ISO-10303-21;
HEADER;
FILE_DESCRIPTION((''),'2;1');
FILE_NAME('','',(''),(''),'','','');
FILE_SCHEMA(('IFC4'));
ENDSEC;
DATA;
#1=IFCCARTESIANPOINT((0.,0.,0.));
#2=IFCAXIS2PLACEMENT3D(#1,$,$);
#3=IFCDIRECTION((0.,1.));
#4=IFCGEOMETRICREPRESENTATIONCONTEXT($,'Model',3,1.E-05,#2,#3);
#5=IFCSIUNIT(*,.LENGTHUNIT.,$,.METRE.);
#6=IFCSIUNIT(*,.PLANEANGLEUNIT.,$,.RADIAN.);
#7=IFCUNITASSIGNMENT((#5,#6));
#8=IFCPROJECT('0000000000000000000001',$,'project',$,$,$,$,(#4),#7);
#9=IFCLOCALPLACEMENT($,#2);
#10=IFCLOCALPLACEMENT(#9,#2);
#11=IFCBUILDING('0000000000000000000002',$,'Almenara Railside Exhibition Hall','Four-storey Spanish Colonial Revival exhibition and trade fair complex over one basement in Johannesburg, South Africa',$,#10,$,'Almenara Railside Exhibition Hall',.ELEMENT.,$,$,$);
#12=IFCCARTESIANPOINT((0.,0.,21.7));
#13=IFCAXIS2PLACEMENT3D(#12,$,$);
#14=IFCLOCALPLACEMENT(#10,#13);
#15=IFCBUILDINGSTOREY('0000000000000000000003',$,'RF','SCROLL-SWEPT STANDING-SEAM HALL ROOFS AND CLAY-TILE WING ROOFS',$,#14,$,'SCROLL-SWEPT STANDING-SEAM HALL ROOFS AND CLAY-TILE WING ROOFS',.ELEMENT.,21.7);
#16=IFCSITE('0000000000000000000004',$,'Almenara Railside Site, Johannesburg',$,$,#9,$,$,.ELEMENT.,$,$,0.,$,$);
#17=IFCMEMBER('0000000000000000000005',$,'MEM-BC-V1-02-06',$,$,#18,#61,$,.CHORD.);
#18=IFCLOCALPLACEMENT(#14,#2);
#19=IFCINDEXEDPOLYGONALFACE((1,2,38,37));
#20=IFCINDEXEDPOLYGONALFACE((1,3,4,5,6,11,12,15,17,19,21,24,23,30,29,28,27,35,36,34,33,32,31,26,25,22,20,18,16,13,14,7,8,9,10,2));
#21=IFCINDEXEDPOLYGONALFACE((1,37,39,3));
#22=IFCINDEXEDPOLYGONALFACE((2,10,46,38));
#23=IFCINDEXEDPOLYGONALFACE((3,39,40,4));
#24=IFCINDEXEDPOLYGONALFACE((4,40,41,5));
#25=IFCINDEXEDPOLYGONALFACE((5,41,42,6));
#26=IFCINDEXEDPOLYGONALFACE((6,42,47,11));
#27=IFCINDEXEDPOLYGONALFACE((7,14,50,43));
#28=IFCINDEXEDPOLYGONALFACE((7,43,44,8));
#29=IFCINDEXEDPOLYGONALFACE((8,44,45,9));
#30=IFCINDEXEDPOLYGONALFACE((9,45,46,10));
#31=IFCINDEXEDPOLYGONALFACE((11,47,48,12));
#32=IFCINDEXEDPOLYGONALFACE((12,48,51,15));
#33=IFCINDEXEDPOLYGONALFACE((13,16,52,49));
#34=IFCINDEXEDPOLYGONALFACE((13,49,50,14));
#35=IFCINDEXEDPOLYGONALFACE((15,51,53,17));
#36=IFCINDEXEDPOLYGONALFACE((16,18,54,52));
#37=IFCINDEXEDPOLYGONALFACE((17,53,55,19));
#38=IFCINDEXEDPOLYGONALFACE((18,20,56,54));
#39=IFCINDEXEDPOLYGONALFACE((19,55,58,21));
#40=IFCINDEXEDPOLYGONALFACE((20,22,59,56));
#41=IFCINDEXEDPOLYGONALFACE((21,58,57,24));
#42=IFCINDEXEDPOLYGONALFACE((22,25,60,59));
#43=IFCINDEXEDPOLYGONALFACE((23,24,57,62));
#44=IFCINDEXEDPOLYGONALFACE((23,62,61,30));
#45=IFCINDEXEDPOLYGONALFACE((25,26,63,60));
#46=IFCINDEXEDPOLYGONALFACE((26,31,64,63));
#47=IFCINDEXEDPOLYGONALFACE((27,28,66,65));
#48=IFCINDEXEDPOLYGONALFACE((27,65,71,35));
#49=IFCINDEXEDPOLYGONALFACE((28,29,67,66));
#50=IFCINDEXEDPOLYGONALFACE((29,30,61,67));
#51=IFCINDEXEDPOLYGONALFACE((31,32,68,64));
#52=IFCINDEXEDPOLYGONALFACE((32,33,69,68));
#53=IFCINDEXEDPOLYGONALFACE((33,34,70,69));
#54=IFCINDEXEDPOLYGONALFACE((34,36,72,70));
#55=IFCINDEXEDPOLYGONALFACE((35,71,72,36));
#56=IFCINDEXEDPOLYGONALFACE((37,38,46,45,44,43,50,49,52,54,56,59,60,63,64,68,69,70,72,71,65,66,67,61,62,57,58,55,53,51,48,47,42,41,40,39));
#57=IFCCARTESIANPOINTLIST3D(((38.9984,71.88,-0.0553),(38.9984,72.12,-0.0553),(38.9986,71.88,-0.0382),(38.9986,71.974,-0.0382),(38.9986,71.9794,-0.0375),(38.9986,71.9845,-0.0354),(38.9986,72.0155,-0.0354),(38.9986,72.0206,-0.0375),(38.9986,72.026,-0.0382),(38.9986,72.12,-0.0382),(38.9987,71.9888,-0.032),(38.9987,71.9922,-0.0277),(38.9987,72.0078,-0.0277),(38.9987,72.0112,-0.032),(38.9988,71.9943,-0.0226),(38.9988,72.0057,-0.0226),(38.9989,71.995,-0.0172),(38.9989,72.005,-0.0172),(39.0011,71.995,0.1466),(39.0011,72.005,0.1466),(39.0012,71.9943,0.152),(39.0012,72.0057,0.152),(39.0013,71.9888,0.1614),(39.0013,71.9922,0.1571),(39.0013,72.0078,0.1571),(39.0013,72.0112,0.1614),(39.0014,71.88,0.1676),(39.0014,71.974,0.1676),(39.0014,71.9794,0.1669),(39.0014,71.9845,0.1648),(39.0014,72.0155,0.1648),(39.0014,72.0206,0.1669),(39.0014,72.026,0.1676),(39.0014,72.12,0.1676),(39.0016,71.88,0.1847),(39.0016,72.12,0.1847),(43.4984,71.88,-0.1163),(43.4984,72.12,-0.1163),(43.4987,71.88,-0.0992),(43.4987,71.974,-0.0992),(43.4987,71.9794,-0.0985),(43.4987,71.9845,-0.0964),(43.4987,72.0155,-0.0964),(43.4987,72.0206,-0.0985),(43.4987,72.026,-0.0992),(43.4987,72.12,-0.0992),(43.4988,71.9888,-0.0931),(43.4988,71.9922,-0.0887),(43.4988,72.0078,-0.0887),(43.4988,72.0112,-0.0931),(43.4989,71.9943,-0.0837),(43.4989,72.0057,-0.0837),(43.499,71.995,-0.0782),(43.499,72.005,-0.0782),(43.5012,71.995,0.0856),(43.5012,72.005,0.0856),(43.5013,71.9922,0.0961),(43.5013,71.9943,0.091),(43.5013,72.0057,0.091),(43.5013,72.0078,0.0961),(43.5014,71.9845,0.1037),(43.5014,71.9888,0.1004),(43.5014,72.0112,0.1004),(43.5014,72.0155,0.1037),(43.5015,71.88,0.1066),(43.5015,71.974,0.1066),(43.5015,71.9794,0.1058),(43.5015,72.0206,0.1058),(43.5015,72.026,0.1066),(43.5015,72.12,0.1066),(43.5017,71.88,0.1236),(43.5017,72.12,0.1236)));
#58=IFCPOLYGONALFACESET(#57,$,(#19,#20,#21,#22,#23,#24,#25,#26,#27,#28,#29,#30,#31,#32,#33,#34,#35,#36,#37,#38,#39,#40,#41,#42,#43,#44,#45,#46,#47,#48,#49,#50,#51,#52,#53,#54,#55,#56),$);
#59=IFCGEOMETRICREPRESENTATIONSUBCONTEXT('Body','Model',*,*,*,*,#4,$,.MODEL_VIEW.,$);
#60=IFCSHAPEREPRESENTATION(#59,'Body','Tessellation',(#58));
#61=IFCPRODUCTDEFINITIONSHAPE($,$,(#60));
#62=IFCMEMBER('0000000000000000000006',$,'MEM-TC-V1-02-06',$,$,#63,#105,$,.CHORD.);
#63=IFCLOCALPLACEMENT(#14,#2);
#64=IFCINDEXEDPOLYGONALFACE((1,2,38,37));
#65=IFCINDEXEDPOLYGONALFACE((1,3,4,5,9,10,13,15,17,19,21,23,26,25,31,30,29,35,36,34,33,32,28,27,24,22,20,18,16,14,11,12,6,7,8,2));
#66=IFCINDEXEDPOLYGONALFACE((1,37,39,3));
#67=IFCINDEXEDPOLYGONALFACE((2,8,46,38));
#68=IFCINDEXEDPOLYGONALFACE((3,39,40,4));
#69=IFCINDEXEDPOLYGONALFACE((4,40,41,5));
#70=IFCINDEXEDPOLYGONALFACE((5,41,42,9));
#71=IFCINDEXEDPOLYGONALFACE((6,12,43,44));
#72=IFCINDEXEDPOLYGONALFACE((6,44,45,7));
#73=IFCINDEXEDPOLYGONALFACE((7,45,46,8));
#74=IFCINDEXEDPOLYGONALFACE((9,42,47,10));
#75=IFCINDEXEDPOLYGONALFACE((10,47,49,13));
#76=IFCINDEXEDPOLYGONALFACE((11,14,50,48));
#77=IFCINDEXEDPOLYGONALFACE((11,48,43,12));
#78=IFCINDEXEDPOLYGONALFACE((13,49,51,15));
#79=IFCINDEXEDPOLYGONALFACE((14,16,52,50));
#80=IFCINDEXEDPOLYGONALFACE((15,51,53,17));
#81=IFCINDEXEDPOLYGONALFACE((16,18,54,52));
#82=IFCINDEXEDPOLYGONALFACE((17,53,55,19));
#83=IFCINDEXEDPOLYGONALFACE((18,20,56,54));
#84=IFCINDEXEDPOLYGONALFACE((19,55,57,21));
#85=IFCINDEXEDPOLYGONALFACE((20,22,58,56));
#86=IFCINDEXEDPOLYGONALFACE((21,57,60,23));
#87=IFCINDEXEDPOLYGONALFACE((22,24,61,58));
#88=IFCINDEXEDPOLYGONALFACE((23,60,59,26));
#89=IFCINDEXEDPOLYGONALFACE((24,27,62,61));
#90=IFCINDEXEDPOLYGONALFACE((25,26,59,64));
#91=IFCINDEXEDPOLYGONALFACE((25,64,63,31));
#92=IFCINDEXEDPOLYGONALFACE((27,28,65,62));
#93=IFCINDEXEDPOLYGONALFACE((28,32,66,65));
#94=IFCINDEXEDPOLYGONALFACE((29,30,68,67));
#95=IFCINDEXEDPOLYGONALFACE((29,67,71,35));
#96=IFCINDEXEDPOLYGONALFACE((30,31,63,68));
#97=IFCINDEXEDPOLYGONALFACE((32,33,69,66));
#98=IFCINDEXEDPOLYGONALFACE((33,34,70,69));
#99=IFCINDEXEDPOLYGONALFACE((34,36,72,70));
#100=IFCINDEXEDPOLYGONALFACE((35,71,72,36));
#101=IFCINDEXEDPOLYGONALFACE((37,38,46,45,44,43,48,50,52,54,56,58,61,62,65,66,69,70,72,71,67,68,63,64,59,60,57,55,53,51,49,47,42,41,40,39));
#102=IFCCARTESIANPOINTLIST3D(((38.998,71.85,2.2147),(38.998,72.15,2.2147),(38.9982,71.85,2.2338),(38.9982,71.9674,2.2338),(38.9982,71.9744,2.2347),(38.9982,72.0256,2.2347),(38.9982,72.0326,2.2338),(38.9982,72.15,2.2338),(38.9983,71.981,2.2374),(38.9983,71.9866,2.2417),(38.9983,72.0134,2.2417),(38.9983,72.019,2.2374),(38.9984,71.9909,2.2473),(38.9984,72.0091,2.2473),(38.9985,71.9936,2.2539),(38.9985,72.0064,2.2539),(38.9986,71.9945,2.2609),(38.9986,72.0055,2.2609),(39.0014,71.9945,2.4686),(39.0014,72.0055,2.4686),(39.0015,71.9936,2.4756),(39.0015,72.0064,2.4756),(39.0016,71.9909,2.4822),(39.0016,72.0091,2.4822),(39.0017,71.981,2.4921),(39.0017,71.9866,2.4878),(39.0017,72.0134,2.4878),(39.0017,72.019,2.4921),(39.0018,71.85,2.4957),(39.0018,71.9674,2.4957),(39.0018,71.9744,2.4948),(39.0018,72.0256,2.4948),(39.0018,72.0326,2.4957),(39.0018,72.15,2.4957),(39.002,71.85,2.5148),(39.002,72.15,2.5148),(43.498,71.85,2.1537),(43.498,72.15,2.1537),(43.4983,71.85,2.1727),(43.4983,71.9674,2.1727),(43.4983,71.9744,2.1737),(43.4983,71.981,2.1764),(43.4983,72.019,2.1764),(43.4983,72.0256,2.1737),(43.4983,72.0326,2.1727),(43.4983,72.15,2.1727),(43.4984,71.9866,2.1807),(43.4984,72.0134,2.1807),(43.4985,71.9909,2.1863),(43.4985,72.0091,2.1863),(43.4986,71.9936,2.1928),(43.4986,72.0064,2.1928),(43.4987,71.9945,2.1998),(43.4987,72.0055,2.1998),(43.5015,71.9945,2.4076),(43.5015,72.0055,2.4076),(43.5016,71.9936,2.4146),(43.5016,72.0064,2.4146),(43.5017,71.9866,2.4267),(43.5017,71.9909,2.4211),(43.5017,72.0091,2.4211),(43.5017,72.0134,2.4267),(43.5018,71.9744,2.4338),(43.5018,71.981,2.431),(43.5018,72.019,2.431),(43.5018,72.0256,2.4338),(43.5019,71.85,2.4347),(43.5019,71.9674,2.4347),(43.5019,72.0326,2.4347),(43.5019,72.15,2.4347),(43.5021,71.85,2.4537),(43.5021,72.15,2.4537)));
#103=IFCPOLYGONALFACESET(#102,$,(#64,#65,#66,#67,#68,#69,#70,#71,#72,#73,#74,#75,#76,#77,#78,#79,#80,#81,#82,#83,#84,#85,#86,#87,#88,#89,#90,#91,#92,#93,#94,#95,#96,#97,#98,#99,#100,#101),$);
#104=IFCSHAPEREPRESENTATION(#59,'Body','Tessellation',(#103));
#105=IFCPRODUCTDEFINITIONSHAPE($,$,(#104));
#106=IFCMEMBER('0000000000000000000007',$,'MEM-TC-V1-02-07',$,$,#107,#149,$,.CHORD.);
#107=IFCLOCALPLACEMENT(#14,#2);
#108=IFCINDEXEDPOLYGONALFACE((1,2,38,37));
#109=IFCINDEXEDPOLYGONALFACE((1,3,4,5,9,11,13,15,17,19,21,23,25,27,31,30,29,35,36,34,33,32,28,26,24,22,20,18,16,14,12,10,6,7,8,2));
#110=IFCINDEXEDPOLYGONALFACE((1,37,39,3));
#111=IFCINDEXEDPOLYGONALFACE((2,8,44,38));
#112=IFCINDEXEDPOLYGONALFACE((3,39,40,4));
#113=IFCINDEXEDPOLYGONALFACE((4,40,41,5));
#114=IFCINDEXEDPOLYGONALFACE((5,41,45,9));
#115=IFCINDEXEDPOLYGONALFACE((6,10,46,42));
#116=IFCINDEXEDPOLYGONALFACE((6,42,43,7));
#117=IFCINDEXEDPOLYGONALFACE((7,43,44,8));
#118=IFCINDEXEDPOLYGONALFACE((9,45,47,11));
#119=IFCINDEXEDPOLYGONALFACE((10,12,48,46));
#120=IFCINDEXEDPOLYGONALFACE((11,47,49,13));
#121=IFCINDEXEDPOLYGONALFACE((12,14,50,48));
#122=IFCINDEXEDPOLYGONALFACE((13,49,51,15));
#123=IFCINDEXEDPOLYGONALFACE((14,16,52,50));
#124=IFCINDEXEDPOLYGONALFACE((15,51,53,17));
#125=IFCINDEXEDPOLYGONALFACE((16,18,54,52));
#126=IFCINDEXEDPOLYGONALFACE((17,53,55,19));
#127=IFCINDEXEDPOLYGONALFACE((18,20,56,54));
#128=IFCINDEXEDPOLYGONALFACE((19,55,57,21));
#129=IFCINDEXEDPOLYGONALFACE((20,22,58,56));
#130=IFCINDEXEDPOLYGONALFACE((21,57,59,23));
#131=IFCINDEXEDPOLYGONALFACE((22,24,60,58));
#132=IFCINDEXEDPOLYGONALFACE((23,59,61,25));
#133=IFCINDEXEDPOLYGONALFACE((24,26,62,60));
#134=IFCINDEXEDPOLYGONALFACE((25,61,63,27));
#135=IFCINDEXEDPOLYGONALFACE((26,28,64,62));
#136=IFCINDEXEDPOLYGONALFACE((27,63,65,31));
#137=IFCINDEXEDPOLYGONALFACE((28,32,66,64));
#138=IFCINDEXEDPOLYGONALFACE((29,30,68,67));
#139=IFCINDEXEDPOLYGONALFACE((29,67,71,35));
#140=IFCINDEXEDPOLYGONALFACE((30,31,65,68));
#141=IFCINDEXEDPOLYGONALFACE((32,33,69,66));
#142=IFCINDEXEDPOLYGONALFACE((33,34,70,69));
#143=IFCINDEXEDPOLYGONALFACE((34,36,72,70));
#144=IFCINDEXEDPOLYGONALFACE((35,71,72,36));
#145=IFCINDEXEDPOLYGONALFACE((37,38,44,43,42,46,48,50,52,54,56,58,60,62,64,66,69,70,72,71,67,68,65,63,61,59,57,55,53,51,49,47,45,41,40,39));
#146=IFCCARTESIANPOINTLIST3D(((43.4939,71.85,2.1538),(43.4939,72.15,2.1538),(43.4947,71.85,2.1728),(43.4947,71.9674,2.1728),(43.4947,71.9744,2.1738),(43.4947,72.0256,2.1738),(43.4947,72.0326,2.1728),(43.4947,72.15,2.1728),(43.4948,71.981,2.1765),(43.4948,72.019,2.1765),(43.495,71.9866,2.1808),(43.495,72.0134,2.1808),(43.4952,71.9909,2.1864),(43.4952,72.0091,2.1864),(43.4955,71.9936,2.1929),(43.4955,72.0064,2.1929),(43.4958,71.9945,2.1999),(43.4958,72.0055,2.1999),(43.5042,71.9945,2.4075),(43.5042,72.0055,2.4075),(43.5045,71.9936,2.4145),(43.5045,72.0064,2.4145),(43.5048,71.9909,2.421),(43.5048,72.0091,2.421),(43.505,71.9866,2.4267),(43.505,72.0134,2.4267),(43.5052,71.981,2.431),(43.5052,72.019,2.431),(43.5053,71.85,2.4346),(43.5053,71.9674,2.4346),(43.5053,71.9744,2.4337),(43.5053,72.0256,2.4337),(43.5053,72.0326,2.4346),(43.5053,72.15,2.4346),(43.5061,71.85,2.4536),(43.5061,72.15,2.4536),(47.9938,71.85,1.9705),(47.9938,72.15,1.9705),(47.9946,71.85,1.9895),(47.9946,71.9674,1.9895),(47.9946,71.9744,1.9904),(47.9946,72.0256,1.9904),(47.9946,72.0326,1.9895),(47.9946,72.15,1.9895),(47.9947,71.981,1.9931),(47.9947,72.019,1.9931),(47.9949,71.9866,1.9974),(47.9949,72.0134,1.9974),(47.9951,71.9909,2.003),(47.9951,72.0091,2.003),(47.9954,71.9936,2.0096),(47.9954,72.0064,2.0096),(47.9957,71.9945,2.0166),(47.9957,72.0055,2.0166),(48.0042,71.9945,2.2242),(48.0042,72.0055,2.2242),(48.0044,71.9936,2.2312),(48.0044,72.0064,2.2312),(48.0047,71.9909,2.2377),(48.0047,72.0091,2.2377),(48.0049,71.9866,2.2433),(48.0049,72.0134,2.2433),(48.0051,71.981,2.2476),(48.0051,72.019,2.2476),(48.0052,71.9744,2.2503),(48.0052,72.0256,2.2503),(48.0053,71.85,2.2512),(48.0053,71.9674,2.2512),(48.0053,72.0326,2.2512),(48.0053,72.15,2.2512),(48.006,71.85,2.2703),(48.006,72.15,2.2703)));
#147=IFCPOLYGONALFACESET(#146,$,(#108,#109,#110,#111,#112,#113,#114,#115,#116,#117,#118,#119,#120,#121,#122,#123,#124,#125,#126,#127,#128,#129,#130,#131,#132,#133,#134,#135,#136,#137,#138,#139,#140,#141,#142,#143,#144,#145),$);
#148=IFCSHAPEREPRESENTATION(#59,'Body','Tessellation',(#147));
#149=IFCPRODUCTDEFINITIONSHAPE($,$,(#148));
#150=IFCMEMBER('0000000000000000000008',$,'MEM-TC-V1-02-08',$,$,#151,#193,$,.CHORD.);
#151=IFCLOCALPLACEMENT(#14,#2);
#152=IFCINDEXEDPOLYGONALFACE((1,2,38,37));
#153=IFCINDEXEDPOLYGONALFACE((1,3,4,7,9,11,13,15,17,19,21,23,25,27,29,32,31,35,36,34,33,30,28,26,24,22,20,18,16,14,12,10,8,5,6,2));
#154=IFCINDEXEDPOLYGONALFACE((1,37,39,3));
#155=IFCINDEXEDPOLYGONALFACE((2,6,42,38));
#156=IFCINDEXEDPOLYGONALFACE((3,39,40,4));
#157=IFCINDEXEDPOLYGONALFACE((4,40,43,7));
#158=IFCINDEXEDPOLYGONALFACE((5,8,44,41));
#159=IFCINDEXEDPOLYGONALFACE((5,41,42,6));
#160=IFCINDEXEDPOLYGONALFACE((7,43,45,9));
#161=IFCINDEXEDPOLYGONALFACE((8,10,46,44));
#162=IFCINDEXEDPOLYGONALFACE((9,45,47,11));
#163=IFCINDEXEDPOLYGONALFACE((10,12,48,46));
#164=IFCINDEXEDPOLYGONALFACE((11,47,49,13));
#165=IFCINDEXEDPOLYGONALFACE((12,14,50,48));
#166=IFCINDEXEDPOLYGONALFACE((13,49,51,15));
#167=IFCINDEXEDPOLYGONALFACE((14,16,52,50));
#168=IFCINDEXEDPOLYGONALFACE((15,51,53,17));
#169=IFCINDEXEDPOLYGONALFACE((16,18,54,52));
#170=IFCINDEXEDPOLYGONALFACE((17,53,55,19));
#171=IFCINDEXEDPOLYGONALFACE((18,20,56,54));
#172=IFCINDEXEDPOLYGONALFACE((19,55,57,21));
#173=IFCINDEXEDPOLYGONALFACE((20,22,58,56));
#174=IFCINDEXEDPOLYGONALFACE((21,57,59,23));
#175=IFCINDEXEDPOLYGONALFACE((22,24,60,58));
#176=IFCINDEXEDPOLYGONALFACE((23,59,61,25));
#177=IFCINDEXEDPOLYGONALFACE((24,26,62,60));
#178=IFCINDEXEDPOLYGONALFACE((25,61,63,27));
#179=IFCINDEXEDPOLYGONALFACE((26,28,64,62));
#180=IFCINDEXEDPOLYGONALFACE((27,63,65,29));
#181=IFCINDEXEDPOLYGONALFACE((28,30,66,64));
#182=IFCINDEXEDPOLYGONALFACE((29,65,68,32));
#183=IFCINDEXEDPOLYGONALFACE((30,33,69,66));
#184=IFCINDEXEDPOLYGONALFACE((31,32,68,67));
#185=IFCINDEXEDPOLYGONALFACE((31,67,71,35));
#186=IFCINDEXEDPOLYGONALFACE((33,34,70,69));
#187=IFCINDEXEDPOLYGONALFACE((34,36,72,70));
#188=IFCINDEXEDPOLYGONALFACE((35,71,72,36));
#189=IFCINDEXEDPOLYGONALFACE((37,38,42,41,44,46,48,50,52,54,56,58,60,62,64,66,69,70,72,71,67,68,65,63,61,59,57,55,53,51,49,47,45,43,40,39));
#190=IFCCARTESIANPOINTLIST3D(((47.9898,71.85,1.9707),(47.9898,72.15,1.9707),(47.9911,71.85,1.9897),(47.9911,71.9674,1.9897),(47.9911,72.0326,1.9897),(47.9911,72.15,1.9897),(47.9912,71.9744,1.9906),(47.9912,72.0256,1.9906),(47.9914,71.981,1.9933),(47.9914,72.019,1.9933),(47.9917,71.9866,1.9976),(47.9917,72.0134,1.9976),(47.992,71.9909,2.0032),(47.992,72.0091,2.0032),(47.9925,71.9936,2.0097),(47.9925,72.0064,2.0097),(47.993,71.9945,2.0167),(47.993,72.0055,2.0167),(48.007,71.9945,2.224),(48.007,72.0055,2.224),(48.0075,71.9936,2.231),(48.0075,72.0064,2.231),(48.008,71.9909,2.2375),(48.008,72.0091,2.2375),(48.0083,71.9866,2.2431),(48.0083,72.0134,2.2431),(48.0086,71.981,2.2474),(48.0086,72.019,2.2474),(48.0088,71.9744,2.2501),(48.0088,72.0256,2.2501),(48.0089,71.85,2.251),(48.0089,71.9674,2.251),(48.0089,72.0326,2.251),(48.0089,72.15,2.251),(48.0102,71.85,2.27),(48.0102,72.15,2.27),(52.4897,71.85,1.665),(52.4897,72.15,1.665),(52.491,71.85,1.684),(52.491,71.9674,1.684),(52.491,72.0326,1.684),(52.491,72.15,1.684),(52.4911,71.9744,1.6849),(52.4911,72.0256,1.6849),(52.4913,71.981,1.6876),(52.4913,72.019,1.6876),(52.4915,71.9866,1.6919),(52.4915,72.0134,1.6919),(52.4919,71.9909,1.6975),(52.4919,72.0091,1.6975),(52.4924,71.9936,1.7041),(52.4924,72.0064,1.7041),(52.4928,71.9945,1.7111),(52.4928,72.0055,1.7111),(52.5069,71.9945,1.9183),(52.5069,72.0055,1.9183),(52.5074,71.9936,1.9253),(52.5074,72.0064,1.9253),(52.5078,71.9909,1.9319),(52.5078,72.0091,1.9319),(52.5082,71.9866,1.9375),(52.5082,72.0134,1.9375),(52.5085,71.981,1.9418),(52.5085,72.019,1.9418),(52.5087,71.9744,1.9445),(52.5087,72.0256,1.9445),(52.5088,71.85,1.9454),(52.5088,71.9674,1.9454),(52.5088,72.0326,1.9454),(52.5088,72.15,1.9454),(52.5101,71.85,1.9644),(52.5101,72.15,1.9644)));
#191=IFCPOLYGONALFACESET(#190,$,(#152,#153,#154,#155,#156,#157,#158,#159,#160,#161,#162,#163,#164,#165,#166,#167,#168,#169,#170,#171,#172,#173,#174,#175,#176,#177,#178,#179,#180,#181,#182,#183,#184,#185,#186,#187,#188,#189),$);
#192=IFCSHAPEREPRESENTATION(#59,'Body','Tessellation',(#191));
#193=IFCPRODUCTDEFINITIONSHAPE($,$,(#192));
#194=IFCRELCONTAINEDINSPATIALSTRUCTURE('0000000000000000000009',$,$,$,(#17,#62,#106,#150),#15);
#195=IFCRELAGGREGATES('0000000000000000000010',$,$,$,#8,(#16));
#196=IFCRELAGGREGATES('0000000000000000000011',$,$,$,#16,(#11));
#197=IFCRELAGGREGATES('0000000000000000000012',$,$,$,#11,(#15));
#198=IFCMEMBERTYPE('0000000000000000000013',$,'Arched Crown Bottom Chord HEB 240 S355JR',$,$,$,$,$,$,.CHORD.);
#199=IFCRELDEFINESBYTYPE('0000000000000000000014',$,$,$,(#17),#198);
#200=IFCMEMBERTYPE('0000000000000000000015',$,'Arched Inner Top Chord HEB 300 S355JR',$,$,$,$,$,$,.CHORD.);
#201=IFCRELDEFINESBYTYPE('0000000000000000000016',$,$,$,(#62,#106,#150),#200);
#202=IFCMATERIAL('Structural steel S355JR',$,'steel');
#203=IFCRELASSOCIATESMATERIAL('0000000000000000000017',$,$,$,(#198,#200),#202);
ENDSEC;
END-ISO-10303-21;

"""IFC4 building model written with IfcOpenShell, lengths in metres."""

from ifc_helpers import new_model, si_unit, direction, frame, origin, origin_2d, place, context, subcontext, project, spatial, i_section, extrude, material, material_profile, profile_set, type_object, element, save


model = new_model("IFC4")

# Units and contexts
model_context = context("Model", 3, precision=1e-05, world=origin(), true_north=direction((0.0, 1.0)))
body_context = subcontext(model_context, "Body", "Model", "MODEL_VIEW")
ifc_project = project(units=[si_unit("LENGTHUNIT", "METRE"), si_unit("PLANEANGLEUNIT", "RADIAN")], contexts=[model_context])

# Site, building, storey
site_placement = place(None, origin())
site = spatial("IfcSite", under=ifc_project, at=site_placement, Name="Almenara Railside Site, Johannesburg", CompositionType="ELEMENT", RefElevation=0.0)
building_placement = place(site_placement, origin())
building = spatial("IfcBuilding", under=site, at=building_placement, Name="Almenara Railside Exhibition Hall", Description="Four-storey Spanish Colonial Revival exhibition and trade fair complex over one basement in Johannesburg, South Africa", LongName="Almenara Railside Exhibition Hall", CompositionType="ELEMENT")
storey_placement = place(building_placement, frame((0.0, 0.0, 21.7)))
storey = spatial("IfcBuildingStorey", under=building, at=storey_placement, Name="RF", Description="SCROLL-SWEPT STANDING-SEAM HALL ROOFS AND CLAY-TILE WING ROOFS", LongName="SCROLL-SWEPT STANDING-SEAM HALL ROOFS AND CLAY-TILE WING ROOFS", CompositionType="ELEMENT", Elevation=21.7)

# Members
ifc_material_1 = material(Name="Structural steel S355JR", Category="steel")
ifc_material_profile_1 = material_profile(ifc_material_1, i_section(OverallWidth=0.24, OverallDepth=0.24, WebThickness=0.01, FlangeThickness=0.0171, FilletRadius=0.021, at=origin_2d()), Name="HEB 240")
ifc_profile_set_1 = profile_set([ifc_material_profile_1], Name="Structural steel S355JR")
member_type_1 = type_object("IfcMemberType", Name="Arched Crown Bottom Chord HEB 240 S355JR", PredefinedType="CHORD", material=ifc_profile_set_1)
member_1_placement = place(storey_placement, frame((39.0, 72.0, 0.0647), z_axis=(0.999908, 0.0, -0.013562), x_axis=(0.0, 1.0, 0.0)))
element("IfcMember", 1, at=member_1_placement, inside=storey, type_object=member_type_1, Name="MEM-BC-V1-02-06", PredefinedType="CHORD", context=body_context, shape_type="SweptSolid", body=[
    extrude(i_section(OverallWidth=0.24, OverallDepth=0.24, WebThickness=0.01, FlangeThickness=0.0171, FilletRadius=0.021, at=origin_2d()), origin(), (0.0, 0.0, 1.0), 4.5005),
])
ifc_material_profile_2 = material_profile(ifc_material_1, i_section(OverallWidth=0.3, OverallDepth=0.3, WebThickness=0.011, FlangeThickness=0.019, FilletRadius=0.0271, at=origin_2d()), Name="HEB 300")
ifc_profile_set_2 = profile_set([ifc_material_profile_2], Name="Structural steel S355JR")
member_type_2 = type_object("IfcMemberType", Name="Arched Inner Top Chord HEB 300 S355JR", PredefinedType="CHORD", material=ifc_profile_set_2)
member_2_placement = place(storey_placement, frame((39.0, 72.0, 2.3647), z_axis=(0.999908, 0.0, -0.013562), x_axis=(0.0, 1.0, 0.0)))
element("IfcMember", 2, at=member_2_placement, inside=storey, type_object=member_type_2, Name="MEM-TC-V1-02-06", PredefinedType="CHORD", context=body_context, shape_type="SweptSolid", body=[
    extrude(i_section(OverallWidth=0.3, OverallDepth=0.3, WebThickness=0.011, FlangeThickness=0.019, FilletRadius=0.0271, at=origin_2d()), origin(), (0.0, 0.0, 1.0), 4.5005),
])
member_3_placement = place(storey_placement, frame((43.5, 72.0, 2.3037), z_axis=(0.999171, 0.0, -0.040711), x_axis=(0.0, 1.0, 0.0)))
element("IfcMember", 3, at=member_3_placement, inside=storey, type_object=member_type_2, Name="MEM-TC-V1-02-07", PredefinedType="CHORD", context=body_context, shape_type="SweptSolid", body=[
    extrude(i_section(OverallWidth=0.3, OverallDepth=0.3, WebThickness=0.011, FlangeThickness=0.019, FilletRadius=0.0271, at=origin_2d()), origin(), (0.0, 0.0, 1.0), 4.5037),
])
member_4_placement = place(storey_placement, frame((48.0, 72.0, 2.1204), z_axis=(0.997701, 0.0, -0.067769), x_axis=(0.0, 1.0, 0.0)))
element("IfcMember", 4, at=member_4_placement, inside=storey, type_object=member_type_2, Name="MEM-TC-V1-02-08", PredefinedType="CHORD", context=body_context, shape_type="SweptSolid", body=[
    extrude(i_section(OverallWidth=0.3, OverallDepth=0.3, WebThickness=0.011, FlangeThickness=0.019, FilletRadius=0.0271, at=origin_2d()), origin(), (0.0, 0.0, 1.0), 4.5103),
])

save(model, "model.ifc")
